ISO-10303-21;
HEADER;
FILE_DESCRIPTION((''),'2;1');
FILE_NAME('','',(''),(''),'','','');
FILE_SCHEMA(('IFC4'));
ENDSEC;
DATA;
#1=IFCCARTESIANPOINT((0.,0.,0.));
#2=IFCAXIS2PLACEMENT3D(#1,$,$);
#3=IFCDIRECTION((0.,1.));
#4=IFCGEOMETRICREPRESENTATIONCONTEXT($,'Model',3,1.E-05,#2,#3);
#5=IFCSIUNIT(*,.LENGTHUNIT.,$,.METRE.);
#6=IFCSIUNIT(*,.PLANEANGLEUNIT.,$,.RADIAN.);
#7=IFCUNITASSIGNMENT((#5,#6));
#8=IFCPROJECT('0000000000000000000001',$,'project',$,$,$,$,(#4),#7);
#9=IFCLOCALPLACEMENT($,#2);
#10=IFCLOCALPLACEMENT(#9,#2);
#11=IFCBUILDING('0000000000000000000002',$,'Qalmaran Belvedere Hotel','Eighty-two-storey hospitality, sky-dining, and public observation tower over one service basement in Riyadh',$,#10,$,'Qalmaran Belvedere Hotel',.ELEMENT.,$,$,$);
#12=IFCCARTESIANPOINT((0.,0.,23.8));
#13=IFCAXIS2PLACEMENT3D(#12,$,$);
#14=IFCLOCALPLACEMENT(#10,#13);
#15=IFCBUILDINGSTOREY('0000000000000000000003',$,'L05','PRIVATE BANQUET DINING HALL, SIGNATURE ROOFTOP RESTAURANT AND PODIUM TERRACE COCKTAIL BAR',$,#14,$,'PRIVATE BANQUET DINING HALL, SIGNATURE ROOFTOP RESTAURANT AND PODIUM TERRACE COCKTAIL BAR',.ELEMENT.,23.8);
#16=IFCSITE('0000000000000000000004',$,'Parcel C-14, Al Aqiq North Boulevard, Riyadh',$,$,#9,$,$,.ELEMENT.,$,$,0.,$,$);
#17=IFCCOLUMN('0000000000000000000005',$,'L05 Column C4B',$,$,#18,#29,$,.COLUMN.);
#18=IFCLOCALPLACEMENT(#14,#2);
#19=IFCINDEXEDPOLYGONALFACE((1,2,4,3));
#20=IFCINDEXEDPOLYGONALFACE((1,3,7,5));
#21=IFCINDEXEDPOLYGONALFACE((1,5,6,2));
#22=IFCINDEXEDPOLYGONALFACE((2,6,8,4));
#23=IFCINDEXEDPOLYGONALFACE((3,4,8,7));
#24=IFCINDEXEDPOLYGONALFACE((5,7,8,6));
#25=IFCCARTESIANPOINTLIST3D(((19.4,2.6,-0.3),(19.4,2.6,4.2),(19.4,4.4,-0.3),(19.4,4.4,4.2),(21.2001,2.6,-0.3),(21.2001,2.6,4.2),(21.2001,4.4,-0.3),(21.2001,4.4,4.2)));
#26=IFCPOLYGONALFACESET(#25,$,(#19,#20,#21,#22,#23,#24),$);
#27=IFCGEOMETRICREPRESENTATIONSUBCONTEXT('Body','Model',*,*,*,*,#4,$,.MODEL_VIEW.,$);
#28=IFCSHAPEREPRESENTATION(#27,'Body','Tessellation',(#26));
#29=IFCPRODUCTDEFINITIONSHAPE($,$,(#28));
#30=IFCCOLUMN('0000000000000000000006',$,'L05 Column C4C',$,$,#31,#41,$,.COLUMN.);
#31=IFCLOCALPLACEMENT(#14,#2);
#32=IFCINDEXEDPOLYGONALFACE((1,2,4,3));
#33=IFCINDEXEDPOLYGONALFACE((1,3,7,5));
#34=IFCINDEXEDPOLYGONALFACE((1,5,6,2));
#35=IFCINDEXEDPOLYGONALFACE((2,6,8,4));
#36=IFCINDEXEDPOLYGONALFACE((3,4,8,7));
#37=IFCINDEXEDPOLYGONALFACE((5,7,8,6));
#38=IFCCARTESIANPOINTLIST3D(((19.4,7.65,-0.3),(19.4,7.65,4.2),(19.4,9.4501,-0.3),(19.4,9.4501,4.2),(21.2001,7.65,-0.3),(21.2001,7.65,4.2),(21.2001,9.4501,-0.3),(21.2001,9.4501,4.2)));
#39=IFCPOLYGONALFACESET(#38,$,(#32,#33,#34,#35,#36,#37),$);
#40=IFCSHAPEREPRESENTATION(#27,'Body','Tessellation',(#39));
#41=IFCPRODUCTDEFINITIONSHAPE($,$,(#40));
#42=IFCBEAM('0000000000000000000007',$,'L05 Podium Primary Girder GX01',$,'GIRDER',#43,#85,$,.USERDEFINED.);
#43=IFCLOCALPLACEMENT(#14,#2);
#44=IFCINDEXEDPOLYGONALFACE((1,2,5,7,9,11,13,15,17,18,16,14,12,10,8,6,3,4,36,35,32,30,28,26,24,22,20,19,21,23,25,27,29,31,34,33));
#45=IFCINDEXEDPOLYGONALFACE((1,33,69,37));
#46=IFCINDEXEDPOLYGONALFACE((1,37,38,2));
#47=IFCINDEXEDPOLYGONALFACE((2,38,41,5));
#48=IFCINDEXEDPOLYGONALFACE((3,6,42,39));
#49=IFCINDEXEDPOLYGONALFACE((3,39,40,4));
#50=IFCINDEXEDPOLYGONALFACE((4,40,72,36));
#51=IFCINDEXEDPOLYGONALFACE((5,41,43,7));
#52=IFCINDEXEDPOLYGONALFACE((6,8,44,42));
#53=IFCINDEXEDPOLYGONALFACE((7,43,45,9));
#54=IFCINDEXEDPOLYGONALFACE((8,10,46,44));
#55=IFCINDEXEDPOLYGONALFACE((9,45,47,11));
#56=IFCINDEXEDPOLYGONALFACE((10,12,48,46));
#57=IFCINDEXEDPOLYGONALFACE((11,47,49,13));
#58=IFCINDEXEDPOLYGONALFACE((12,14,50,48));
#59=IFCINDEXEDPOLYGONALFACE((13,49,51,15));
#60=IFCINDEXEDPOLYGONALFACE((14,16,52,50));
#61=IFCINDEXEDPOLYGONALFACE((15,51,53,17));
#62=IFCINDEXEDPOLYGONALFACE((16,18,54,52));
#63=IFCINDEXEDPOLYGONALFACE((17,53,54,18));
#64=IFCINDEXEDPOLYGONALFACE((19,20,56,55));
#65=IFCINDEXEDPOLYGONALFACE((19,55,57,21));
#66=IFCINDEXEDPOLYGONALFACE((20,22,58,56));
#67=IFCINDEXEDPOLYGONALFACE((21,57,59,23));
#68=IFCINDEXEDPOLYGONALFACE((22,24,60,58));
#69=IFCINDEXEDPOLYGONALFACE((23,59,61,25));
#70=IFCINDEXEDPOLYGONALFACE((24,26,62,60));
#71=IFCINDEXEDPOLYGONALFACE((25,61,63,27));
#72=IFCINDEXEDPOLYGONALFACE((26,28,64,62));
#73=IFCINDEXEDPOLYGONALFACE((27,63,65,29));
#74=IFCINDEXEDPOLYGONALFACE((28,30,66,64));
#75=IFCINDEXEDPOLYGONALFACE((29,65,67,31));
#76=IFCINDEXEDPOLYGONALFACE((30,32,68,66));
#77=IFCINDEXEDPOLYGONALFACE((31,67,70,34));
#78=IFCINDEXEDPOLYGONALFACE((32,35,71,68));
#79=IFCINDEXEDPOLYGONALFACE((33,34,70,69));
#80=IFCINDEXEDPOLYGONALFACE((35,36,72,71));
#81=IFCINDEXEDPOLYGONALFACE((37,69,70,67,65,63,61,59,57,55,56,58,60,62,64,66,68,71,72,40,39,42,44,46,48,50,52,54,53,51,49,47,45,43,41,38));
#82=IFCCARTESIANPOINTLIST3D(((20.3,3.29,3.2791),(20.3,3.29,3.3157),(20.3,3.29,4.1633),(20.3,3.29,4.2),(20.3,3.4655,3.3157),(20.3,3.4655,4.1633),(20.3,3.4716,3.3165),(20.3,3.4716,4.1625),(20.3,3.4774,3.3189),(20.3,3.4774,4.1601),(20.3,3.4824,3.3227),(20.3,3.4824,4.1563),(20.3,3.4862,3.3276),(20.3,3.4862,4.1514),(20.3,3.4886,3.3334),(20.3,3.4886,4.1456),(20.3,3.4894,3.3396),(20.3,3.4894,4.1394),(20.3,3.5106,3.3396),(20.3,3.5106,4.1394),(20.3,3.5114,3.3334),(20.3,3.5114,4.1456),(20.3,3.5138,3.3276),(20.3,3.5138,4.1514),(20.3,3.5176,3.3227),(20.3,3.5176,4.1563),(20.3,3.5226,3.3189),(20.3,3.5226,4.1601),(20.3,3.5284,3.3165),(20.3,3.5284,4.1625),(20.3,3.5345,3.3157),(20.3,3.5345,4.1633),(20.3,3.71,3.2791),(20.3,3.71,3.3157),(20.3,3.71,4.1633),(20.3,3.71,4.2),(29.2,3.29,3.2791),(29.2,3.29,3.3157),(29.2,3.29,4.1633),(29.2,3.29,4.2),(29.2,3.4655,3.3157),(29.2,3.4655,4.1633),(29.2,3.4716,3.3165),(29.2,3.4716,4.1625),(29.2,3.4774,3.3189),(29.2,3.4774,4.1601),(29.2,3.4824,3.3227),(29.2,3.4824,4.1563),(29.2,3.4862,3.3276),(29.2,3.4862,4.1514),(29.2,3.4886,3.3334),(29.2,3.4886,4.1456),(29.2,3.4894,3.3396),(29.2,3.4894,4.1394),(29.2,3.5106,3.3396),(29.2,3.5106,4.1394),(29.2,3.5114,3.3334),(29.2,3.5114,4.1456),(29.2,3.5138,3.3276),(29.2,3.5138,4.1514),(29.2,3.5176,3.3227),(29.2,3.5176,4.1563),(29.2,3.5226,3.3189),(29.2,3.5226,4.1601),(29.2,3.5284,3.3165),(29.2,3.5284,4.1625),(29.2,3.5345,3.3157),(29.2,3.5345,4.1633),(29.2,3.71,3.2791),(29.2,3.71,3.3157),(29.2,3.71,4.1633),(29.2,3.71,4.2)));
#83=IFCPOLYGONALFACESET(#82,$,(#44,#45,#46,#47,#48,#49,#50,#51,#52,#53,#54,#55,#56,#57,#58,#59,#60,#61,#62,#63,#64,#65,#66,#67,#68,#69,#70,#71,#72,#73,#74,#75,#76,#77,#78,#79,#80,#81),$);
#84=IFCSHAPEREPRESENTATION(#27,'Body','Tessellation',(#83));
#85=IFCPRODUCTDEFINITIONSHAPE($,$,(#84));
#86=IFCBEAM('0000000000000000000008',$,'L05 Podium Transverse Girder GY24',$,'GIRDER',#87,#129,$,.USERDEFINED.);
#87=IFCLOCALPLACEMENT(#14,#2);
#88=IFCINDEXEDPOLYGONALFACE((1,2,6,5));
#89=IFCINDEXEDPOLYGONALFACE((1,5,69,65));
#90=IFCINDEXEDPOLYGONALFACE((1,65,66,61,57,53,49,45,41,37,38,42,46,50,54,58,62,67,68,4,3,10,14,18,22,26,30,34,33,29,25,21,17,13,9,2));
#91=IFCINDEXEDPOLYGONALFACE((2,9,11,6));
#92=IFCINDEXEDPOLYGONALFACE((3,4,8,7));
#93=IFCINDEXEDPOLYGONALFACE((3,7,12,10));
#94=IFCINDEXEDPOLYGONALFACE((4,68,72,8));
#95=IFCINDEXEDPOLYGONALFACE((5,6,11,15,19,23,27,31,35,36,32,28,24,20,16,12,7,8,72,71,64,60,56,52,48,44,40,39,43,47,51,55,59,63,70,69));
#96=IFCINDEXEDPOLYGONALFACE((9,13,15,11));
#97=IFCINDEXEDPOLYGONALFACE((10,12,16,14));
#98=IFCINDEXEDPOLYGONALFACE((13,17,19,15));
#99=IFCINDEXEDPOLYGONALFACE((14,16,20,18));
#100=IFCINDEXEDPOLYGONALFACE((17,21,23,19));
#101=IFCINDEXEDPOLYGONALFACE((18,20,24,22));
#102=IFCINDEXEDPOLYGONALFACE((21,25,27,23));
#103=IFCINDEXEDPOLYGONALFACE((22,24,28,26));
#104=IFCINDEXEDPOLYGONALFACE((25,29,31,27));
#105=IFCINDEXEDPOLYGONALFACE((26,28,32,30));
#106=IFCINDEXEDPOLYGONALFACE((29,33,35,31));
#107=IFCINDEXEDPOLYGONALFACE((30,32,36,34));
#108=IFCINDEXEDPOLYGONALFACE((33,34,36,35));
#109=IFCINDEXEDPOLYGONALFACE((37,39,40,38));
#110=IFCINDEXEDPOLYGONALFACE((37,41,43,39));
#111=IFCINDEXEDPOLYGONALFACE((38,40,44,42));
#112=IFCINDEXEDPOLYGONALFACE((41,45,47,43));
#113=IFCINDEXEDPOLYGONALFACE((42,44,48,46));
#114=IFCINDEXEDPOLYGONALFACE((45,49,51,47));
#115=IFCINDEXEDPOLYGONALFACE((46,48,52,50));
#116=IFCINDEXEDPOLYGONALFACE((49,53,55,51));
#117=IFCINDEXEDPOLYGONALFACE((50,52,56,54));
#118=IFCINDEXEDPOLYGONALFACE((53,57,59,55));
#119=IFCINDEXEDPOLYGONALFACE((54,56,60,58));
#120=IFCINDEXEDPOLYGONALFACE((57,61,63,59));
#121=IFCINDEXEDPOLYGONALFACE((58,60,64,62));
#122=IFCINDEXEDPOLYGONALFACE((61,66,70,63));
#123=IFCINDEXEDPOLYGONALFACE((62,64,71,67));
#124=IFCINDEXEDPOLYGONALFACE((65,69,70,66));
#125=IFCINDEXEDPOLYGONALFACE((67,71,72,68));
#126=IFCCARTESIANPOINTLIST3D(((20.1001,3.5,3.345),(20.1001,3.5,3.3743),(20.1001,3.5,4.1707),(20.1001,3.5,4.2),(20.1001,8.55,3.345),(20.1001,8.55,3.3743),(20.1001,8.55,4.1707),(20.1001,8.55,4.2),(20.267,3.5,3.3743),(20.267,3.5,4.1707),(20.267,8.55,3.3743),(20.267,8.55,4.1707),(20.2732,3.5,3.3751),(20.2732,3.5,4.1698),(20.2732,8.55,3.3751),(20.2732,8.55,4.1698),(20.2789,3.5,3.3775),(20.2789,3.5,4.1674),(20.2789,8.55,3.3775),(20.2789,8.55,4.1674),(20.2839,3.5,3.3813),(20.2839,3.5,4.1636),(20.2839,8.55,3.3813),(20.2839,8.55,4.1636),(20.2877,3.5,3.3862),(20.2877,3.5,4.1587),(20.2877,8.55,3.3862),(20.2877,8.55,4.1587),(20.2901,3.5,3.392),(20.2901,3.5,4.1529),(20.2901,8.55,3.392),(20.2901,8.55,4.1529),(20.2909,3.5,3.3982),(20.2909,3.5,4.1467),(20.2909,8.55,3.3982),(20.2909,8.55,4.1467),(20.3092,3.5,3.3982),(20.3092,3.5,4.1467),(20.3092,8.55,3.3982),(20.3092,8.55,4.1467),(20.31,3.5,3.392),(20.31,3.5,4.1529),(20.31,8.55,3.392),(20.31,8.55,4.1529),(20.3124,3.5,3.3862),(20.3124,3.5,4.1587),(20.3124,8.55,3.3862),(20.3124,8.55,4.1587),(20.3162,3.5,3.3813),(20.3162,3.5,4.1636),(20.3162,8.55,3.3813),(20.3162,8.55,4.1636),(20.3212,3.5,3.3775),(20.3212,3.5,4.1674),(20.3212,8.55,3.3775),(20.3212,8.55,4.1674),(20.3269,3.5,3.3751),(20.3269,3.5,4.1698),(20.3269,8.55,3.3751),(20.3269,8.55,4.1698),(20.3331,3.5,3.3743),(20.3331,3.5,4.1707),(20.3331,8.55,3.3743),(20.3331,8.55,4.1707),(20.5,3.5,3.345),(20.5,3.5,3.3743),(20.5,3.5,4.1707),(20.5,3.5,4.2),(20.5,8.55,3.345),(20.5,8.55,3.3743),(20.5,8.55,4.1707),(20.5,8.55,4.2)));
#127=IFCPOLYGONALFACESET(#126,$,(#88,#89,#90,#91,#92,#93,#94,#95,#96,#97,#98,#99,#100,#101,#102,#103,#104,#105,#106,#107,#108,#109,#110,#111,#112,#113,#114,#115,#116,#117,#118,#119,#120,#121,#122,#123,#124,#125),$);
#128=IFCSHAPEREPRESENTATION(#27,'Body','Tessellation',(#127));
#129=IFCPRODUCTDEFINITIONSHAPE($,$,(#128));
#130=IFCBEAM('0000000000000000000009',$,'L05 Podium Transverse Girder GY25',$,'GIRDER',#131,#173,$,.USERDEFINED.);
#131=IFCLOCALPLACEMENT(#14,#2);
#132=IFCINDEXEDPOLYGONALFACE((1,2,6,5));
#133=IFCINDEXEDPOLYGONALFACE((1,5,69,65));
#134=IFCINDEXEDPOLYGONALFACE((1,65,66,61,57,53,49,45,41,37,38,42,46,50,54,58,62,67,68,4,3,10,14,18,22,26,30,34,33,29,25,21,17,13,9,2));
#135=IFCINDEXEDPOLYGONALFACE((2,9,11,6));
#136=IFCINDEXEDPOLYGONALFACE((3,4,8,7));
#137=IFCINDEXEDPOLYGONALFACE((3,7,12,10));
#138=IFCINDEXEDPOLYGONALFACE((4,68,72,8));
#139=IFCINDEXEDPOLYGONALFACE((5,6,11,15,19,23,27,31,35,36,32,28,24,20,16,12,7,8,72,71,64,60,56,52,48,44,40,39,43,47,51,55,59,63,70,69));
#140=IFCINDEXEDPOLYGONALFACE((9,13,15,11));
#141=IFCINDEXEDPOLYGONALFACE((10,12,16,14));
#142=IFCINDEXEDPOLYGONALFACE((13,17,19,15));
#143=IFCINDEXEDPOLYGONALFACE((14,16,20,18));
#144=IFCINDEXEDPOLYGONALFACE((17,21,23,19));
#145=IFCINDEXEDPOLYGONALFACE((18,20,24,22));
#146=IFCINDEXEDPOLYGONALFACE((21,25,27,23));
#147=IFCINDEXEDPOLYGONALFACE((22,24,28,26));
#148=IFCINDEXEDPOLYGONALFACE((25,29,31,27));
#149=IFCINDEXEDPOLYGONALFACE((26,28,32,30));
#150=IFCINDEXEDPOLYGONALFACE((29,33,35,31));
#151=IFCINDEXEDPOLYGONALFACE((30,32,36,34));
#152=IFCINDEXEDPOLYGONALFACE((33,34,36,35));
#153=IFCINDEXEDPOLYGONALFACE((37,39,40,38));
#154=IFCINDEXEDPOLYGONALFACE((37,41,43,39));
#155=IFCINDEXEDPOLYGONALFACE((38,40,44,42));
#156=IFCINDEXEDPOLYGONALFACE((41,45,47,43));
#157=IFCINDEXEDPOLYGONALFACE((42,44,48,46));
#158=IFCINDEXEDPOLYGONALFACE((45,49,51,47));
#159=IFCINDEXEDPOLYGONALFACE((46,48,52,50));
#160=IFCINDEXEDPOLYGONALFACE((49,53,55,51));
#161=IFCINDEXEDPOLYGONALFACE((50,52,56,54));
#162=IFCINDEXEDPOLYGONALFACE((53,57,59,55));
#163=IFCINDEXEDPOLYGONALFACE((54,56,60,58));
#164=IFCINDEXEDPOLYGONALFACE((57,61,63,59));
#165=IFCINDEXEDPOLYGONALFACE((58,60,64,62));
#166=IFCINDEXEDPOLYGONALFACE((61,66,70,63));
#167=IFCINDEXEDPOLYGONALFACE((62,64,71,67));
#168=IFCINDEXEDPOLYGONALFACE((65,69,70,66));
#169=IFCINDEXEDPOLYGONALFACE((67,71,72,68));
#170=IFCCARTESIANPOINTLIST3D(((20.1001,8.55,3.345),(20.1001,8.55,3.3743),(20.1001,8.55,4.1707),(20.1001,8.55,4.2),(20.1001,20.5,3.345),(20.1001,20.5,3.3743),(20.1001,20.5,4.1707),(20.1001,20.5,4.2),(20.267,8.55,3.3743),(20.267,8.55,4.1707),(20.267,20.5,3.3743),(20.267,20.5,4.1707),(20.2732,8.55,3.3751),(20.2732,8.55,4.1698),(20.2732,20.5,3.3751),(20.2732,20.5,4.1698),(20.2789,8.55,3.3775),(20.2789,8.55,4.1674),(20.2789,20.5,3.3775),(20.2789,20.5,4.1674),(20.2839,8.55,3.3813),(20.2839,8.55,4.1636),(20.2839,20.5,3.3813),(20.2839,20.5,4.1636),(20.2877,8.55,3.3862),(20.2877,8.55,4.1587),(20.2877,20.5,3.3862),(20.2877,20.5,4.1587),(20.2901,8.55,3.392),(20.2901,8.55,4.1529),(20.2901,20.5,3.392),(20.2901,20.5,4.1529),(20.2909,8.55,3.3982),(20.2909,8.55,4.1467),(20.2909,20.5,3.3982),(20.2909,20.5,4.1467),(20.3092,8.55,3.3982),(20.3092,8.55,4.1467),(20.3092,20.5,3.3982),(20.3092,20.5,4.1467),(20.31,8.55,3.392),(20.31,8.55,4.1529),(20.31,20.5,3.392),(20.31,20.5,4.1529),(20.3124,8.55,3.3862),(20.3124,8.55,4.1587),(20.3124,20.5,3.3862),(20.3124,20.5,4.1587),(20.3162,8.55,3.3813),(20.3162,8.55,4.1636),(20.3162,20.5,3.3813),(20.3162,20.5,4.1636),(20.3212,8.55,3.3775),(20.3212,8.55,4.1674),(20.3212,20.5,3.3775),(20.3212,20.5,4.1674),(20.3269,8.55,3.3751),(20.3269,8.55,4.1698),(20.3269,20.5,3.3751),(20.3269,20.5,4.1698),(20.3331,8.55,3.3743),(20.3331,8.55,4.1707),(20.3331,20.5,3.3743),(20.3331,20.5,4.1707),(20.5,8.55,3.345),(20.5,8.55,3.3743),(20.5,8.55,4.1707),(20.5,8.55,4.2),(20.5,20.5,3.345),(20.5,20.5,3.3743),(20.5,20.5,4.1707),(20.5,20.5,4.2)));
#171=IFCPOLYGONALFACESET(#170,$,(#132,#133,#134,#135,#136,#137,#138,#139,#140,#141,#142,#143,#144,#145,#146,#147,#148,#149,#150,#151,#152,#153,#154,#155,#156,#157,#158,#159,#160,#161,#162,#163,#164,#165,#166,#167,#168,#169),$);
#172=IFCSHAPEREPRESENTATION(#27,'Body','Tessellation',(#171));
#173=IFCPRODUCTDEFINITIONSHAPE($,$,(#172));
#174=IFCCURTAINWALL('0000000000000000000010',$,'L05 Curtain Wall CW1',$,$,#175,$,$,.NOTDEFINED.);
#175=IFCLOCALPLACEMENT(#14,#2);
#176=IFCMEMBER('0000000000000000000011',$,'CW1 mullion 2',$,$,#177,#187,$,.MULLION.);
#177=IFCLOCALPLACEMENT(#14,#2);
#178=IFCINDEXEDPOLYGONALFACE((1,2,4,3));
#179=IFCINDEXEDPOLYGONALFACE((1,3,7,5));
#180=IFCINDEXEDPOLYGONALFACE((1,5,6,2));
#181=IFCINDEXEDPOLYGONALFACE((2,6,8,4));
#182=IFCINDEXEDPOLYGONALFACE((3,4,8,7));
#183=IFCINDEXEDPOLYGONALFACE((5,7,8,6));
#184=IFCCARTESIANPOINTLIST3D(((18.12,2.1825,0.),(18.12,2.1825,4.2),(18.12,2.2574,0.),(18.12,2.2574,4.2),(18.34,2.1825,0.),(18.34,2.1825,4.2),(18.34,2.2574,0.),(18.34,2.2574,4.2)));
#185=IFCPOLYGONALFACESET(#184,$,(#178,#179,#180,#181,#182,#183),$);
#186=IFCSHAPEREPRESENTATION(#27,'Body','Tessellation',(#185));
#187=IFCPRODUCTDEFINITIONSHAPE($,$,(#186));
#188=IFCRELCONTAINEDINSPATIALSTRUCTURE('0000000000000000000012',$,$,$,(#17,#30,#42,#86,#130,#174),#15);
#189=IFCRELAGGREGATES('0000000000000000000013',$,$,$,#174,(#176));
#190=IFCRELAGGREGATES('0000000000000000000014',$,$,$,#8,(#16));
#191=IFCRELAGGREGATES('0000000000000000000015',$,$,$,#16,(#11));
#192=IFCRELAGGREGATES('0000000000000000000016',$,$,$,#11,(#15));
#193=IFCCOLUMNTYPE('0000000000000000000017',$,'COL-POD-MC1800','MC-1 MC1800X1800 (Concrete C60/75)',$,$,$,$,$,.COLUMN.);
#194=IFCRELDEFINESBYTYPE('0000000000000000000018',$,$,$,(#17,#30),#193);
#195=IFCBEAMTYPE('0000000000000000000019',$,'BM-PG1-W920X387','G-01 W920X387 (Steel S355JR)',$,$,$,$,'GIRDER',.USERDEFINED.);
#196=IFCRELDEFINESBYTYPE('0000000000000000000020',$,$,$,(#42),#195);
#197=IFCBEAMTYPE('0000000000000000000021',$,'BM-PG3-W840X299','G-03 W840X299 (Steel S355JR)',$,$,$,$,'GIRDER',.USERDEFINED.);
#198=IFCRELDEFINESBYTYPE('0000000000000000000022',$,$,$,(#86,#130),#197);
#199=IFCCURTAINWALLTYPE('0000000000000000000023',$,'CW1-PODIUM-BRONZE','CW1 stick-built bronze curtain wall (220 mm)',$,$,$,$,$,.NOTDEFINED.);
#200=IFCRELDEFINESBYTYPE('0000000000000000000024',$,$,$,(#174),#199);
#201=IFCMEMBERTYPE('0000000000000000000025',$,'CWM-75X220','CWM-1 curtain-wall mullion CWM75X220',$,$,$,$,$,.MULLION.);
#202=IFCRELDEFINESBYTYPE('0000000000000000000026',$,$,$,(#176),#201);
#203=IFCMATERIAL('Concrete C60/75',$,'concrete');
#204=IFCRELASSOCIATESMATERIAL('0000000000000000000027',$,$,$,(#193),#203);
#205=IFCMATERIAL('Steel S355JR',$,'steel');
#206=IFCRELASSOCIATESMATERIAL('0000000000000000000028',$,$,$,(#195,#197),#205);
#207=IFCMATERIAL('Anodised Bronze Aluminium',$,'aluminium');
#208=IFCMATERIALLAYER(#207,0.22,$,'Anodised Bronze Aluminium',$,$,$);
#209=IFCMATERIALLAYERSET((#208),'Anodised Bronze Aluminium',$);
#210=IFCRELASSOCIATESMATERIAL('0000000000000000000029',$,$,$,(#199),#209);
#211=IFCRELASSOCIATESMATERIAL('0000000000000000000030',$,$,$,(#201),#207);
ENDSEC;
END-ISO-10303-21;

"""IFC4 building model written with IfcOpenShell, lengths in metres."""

from ifc_helpers import new_model, si_unit, direction, frame, origin, origin_2d, place, context, subcontext, project, spatial, rectangle, i_section, extrude, material, layer, layer_set, material_profile, profile_set, type_object, element, aggregate, save


model = new_model("IFC4")

# Units and contexts
model_context = context("Model", 3, precision=1e-05, world=origin(), true_north=direction((0.0, 1.0)))
body_context = subcontext(model_context, "Body", "Model", "MODEL_VIEW")
ifc_project = project(units=[si_unit("LENGTHUNIT", "METRE"), si_unit("PLANEANGLEUNIT", "RADIAN")], contexts=[model_context])

# Site, building, storey
site_placement = place(None, origin())
site = spatial("IfcSite", under=ifc_project, at=site_placement, Name="Parcel C-14, Al Aqiq North Boulevard, Riyadh", CompositionType="ELEMENT", RefElevation=0.0)
building_placement = place(site_placement, origin())
building = spatial("IfcBuilding", under=site, at=building_placement, Name="Qalmaran Belvedere Hotel", Description="Eighty-two-storey hospitality, sky-dining, and public observation tower over one service basement in Riyadh", LongName="Qalmaran Belvedere Hotel", CompositionType="ELEMENT")
storey_placement = place(building_placement, frame((0.0, 0.0, 23.8)))
storey = spatial("IfcBuildingStorey", under=building, at=storey_placement, Name="L05", Description="PRIVATE BANQUET DINING HALL, SIGNATURE ROOFTOP RESTAURANT AND PODIUM TERRACE COCKTAIL BAR", LongName="PRIVATE BANQUET DINING HALL, SIGNATURE ROOFTOP RESTAURANT AND PODIUM TERRACE COCKTAIL BAR", CompositionType="ELEMENT", Elevation=23.8)

# Columns
ifc_material_1 = material(Name="Concrete C60/75", Category="concrete")
ifc_material_profile_1 = material_profile(ifc_material_1, rectangle(XDim=1.8, YDim=1.8, at=origin_2d()), Name="MC1800X1800")
ifc_profile_set_1 = profile_set([ifc_material_profile_1], Name="Concrete C60/75")
column_type = type_object("IfcColumnType", Name="COL-POD-MC1800", Description="MC-1 MC1800X1800 (Concrete C60/75)", PredefinedType="COLUMN", material=ifc_profile_set_1)
for number, where, z_axis, x_axis, name in (
    (1, (20.3, 3.5, -0.3), (0.0, 0.0, 1.0), (1.0, 0.0, 0.0), "L05 Column C4B"),
    (2, (20.3, 8.55, -0.3), (0.0, 0.0, 1.0), (1.0, 0.0, 0.0), "L05 Column C4C"),
):
    element("IfcColumn", number, at=place(storey_placement, frame(where, z_axis=z_axis, x_axis=x_axis)), inside=storey, type_object=column_type, Name=name, PredefinedType="COLUMN", context=body_context, shape_type="SweptSolid", body=[
        extrude(rectangle(XDim=1.8, YDim=1.8, at=origin_2d()), origin(), (0.0, 0.0, 1.0), 4.5),
    ])

# Beams
ifc_material_2 = material(Name="Steel S355JR", Category="steel")
ifc_material_profile_2 = material_profile(ifc_material_2, i_section(OverallWidth=0.4199, OverallDepth=0.9209, WebThickness=0.0212, FlangeThickness=0.0366, FilletRadius=0.0239, at=origin_2d()), Name="W920X387")
ifc_profile_set_2 = profile_set([ifc_material_profile_2], Name="Steel S355JR")
beam_type_1 = type_object("IfcBeamType", Name="BM-PG1-W920X387", Description="G-01 W920X387 (Steel S355JR)", ElementType="GIRDER", PredefinedType="USERDEFINED", material=ifc_profile_set_2)
beam_1_placement = place(storey_placement, frame((20.3, 3.5, 3.7395), z_axis=(1.0, 0.0, 0.0), x_axis=(0.0, 1.0, 0.0)))
element("IfcBeam", 3, at=beam_1_placement, inside=storey, type_object=beam_type_1, Name="L05 Podium Primary Girder GX01", ObjectType="GIRDER", PredefinedType="USERDEFINED", context=body_context, shape_type="SweptSolid", body=[
    extrude(i_section(OverallWidth=0.4199, OverallDepth=0.9209, WebThickness=0.0212, FlangeThickness=0.0366, FilletRadius=0.0239, at=origin_2d()), origin(), (0.0, 0.0, 1.0), 8.8999),
])
ifc_material_profile_3 = material_profile(ifc_material_2, i_section(OverallWidth=0.3999, OverallDepth=0.855, WebThickness=0.0183, FlangeThickness=0.0293, FilletRadius=0.0239, at=origin_2d()), Name="W840X299")
ifc_profile_set_3 = profile_set([ifc_material_profile_3], Name="Steel S355JR")
beam_type_2 = type_object("IfcBeamType", Name="BM-PG3-W840X299", Description="G-03 W840X299 (Steel S355JR)", ElementType="GIRDER", PredefinedType="USERDEFINED", material=ifc_profile_set_3)
beam_2_placement = place(storey_placement, frame((20.3, 3.5, 3.7725), z_axis=(0.0, 1.0, 0.0), x_axis=(-1.0, 0.0, 0.0)))
element("IfcBeam", 4, at=beam_2_placement, inside=storey, type_object=beam_type_2, Name="L05 Podium Transverse Girder GY24", ObjectType="GIRDER", PredefinedType="USERDEFINED", context=body_context, shape_type="SweptSolid", body=[
    extrude(i_section(OverallWidth=0.3999, OverallDepth=0.855, WebThickness=0.0183, FlangeThickness=0.0293, FilletRadius=0.0239, at=origin_2d()), origin(), (0.0, 0.0, 1.0), 5.05),
])
beam_3_placement = place(storey_placement, frame((20.3, 8.55, 3.7725), z_axis=(0.0, 1.0, 0.0), x_axis=(-1.0, 0.0, 0.0)))
element("IfcBeam", 5, at=beam_3_placement, inside=storey, type_object=beam_type_2, Name="L05 Podium Transverse Girder GY25", ObjectType="GIRDER", PredefinedType="USERDEFINED", context=body_context, shape_type="SweptSolid", body=[
    extrude(i_section(OverallWidth=0.3999, OverallDepth=0.855, WebThickness=0.0183, FlangeThickness=0.0293, FilletRadius=0.0239, at=origin_2d()), origin(), (0.0, 0.0, 1.0), 11.95),
])

# Curtain wall, member
ifc_material_3 = material(Name="Anodised Bronze Aluminium", Category="aluminium")
ifc_layer_1 = layer(ifc_material_3, 0.22, Name="Anodised Bronze Aluminium")
ifc_layer_set_1 = layer_set([ifc_layer_1], Name="Anodised Bronze Aluminium")
curtain_wall_type = type_object("IfcCurtainWallType", Name="CW1-PODIUM-BRONZE", Description="CW1 stick-built bronze curtain wall (220 mm)", PredefinedType="NOTDEFINED", material=ifc_layer_set_1)
curtain_wall_placement = place(storey_placement, origin())
curtain_wall = element("IfcCurtainWall", 6, at=curtain_wall_placement, inside=storey, type_object=curtain_wall_type, Name="L05 Curtain Wall CW1", PredefinedType="NOTDEFINED")
ifc_material_profile_4 = material_profile(ifc_material_3, rectangle(XDim=0.075, YDim=0.22, at=origin_2d()), Name="CWM75X220")
ifc_profile_set_4 = profile_set([ifc_material_profile_4], Name="Anodised Bronze Aluminium")
member_type_1 = type_object("IfcMemberType", Name="CWM-75X220", Description="CWM-1 curtain-wall mullion CWM75X220", PredefinedType="MULLION", material=ifc_profile_set_4)
member_1_placement = place(storey_placement, frame((18.23, 2.22, 0.0), z_axis=(0.0, 0.0, 1.0), x_axis=(0.0, 1.0, 0.0)))
member_1 = element("IfcMember", 7, at=member_1_placement, type_object=member_type_1, Name="CW1 mullion 2", PredefinedType="MULLION", context=body_context, shape_type="SweptSolid", body=[
    extrude(rectangle(XDim=0.075, YDim=0.22, at=origin_2d()), origin(), (0.0, 0.0, 1.0), 4.2),
])
aggregate(curtain_wall, [member_1])

save(model, "model.ifc")
